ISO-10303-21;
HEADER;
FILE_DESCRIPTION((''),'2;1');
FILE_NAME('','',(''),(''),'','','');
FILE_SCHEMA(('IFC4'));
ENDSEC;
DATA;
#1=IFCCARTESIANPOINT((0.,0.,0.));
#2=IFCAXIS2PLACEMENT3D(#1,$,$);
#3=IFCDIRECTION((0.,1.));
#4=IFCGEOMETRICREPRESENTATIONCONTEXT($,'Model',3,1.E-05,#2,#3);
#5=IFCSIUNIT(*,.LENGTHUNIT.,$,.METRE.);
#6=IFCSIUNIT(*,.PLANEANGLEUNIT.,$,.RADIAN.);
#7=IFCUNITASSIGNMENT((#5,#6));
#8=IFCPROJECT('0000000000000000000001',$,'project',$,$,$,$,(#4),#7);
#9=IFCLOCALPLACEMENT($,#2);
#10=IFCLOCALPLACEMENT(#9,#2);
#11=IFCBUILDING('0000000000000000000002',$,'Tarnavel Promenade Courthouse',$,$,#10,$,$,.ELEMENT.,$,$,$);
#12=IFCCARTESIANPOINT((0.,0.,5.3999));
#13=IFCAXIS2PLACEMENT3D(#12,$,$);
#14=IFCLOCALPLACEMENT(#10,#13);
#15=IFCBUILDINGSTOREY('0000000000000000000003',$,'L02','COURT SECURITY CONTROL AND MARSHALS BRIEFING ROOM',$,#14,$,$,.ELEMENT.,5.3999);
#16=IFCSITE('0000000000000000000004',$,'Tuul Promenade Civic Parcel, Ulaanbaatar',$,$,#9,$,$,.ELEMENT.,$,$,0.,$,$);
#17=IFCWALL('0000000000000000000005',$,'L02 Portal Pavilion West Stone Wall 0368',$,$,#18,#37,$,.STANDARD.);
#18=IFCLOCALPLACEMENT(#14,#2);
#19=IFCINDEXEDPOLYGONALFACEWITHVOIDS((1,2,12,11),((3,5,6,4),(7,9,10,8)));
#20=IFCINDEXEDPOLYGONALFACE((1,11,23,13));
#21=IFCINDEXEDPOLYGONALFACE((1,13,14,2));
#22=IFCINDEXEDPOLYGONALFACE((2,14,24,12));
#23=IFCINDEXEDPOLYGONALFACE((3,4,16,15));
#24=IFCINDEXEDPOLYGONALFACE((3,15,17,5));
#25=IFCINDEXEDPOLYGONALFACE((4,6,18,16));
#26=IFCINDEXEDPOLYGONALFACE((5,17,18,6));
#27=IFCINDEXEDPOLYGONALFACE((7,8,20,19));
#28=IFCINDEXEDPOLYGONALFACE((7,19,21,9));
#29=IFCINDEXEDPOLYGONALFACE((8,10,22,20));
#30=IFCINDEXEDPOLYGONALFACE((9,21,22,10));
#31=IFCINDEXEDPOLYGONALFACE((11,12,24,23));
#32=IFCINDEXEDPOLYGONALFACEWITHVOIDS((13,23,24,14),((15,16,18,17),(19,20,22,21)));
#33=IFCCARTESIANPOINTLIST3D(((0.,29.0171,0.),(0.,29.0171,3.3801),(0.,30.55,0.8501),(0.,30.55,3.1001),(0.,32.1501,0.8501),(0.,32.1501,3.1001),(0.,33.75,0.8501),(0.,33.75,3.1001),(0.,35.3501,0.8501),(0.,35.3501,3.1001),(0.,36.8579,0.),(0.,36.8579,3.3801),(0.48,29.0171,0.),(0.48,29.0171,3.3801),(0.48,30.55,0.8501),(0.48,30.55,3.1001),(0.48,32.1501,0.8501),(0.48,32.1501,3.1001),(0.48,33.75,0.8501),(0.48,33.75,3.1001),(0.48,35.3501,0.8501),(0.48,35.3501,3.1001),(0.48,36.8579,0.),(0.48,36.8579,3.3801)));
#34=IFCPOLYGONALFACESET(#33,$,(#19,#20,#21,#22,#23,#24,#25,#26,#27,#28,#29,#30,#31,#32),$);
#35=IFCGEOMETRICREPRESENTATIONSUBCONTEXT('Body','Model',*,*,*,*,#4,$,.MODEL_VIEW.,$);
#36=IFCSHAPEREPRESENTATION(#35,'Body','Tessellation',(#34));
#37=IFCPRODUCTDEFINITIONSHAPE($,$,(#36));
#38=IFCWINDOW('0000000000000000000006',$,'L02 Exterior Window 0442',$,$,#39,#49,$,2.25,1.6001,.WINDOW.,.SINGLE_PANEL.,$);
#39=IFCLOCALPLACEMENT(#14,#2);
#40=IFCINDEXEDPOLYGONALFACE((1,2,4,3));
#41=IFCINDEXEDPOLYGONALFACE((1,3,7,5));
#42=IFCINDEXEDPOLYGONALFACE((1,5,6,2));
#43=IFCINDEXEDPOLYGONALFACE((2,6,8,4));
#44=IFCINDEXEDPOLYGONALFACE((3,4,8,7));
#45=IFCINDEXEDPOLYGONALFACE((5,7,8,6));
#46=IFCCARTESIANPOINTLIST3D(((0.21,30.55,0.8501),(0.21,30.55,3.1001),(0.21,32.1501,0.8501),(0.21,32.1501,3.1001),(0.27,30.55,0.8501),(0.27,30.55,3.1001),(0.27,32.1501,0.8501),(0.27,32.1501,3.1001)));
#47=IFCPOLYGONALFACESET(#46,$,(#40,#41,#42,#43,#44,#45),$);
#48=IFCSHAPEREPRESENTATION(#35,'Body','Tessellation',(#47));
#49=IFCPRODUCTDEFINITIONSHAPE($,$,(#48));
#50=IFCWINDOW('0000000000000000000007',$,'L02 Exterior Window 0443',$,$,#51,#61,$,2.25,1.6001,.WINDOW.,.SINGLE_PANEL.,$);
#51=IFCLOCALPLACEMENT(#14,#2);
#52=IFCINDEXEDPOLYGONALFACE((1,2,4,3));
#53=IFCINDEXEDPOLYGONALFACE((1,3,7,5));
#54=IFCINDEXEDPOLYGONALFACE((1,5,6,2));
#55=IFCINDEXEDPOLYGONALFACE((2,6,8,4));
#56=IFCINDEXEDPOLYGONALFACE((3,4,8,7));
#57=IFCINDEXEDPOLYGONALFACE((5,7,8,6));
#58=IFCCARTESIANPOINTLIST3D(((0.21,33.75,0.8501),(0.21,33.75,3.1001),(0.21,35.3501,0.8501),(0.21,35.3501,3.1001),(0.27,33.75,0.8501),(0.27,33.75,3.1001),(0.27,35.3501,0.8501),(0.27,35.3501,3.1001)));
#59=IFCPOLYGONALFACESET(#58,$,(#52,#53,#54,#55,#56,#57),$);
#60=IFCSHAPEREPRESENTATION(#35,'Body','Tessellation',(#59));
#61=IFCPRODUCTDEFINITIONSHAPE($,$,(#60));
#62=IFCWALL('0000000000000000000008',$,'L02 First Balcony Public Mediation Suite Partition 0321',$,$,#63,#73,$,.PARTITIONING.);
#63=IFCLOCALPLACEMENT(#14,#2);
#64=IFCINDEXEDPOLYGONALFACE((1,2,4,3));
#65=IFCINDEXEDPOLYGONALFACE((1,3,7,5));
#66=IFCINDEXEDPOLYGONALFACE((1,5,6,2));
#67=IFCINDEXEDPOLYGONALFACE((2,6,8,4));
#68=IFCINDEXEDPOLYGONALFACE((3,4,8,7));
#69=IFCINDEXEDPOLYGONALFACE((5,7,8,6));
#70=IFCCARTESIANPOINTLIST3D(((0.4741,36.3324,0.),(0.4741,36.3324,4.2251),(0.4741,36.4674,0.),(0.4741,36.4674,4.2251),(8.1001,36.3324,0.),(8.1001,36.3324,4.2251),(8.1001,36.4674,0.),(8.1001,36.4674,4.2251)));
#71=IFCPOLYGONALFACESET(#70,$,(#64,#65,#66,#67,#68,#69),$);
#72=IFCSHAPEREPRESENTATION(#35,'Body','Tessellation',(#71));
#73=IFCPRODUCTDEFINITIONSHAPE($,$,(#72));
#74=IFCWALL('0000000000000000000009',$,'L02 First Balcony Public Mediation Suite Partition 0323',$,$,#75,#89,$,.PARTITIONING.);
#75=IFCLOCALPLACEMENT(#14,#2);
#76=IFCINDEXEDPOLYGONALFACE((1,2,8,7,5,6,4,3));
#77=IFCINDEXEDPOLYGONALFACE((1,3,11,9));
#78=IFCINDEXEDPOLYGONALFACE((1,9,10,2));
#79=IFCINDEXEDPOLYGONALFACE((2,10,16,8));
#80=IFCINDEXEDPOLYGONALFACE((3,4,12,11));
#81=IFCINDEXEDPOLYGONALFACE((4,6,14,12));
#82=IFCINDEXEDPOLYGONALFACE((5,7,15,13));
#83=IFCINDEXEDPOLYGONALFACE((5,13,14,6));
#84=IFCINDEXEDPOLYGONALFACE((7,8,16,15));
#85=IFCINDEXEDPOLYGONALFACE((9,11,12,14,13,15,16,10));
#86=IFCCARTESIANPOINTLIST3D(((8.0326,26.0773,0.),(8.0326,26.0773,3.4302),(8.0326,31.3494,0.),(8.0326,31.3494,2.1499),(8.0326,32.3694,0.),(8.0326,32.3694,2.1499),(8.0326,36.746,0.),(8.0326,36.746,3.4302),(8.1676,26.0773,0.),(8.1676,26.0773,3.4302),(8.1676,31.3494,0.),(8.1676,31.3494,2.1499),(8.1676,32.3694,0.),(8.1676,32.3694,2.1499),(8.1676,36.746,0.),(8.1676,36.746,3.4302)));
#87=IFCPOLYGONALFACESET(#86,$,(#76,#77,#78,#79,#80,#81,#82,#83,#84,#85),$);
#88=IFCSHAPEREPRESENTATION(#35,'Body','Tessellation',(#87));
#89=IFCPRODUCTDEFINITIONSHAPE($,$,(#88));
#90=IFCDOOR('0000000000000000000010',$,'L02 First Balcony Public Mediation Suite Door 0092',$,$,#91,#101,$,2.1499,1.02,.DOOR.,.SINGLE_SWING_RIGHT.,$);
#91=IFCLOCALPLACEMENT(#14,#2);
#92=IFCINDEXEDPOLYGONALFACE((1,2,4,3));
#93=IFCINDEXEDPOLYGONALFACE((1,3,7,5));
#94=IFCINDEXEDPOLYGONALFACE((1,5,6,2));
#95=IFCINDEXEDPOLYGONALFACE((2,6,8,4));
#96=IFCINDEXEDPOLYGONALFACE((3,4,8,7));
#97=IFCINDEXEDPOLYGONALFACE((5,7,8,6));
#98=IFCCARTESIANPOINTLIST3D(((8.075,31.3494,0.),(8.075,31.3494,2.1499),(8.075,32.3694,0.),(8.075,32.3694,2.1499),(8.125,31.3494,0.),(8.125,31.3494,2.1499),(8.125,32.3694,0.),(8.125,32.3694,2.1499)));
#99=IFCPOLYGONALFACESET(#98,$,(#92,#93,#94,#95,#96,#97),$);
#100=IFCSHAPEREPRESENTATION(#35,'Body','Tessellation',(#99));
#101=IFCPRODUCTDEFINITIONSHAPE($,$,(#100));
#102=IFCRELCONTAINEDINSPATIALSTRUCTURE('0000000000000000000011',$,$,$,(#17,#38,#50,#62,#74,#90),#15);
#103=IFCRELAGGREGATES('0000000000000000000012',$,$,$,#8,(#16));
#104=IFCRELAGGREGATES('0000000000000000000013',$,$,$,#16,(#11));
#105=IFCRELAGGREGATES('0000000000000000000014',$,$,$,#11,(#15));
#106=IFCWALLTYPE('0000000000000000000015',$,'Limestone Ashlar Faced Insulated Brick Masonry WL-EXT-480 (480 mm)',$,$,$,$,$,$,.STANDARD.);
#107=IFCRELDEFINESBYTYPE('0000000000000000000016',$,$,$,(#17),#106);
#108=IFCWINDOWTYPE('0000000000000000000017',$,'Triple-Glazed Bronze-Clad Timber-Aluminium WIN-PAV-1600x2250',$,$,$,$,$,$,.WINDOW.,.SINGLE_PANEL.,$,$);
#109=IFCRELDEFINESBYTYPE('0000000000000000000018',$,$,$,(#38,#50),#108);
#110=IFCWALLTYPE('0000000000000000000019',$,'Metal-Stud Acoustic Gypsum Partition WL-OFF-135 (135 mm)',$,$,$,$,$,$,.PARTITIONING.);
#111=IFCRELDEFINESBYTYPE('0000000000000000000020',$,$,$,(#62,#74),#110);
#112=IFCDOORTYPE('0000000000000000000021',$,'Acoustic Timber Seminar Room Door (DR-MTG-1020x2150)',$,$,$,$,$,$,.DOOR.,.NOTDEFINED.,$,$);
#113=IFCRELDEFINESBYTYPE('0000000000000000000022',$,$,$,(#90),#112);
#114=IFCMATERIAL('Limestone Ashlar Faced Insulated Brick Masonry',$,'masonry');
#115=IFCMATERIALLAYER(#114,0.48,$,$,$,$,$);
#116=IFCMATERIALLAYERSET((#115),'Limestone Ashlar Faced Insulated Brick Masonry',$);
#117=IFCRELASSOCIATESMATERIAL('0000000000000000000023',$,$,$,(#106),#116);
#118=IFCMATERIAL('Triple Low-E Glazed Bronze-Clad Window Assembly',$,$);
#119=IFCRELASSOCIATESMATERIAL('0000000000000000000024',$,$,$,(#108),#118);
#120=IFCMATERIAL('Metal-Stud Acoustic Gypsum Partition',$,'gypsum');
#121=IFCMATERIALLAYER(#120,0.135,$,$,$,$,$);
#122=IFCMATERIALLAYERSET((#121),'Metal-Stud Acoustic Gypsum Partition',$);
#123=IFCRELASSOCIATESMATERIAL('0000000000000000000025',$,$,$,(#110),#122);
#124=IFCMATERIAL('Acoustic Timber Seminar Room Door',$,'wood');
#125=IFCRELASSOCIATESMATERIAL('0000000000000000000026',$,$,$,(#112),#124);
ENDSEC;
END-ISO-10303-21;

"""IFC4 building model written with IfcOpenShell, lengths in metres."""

from ifc_helpers import new_model, si_unit, direction, frame, frame_2d, origin, place, context, subcontext, project, spatial, rectangle, extrude, material, layer, layer_set, type_object, element, fill, save


model = new_model("IFC4")

# Units and contexts
model_context = context("Model", 3, precision=1e-05, world=origin(), true_north=direction((0.0, 1.0)))
body_context = subcontext(model_context, "Body", "Model", "MODEL_VIEW")
ifc_project = project(units=[si_unit("LENGTHUNIT", "METRE"), si_unit("PLANEANGLEUNIT", "RADIAN")], contexts=[model_context])

# Site, building, storey
site_placement = place(None, origin())
site = spatial("IfcSite", under=ifc_project, at=site_placement, Name="Tuul Promenade Civic Parcel, Ulaanbaatar", CompositionType="ELEMENT", RefElevation=0.0)
building_placement = place(site_placement, origin())
building = spatial("IfcBuilding", under=site, at=building_placement, Name="Tarnavel Promenade Courthouse", CompositionType="ELEMENT")
storey_placement = place(building_placement, frame((0.0, 0.0, 5.3999)))
storey = spatial("IfcBuildingStorey", under=building, at=storey_placement, Name="L02", Description="COURT SECURITY CONTROL AND MARSHALS BRIEFING ROOM", CompositionType="ELEMENT", Elevation=5.3999)

# Shared definitions
ifc_material_1 = material(Name="Limestone Ashlar Faced Insulated Brick Masonry", Category="masonry")

# Wall, openings, windows
ifc_layer_1 = layer(ifc_material_1, 0.48)
ifc_layer_set_1 = layer_set([ifc_layer_1], Name="Limestone Ashlar Faced Insulated Brick Masonry")
wall_type_1 = type_object("IfcWallType", Name="Limestone Ashlar Faced Insulated Brick Masonry WL-EXT-480 (480 mm)", PredefinedType="STANDARD", material=ifc_layer_set_1)
wall_1_placement = place(storey_placement, frame((0.24, 29.0171, 0.0), z_axis=(0.0, 0.0, 1.0), x_axis=(0.0, 1.0, 0.0)))
wall_1 = element("IfcWall", 1, at=wall_1_placement, inside=storey, type_object=wall_type_1, Name="L02 Portal Pavilion West Stone Wall 0368", PredefinedType="STANDARD", context=body_context, shape_type="SweptSolid", body=[
    extrude(rectangle(XDim=7.8408, YDim=0.48, at=frame_2d((3.9204, 0.0))), origin(), (0.0, 0.0, 1.0), 3.3801),
])
opening_1_placement = place(wall_1_placement, frame((1.533, 0.0, 0.8501)))
opening_1 = element("IfcOpeningElement", 2, at=opening_1_placement, cuts=wall_1, PredefinedType="OPENING", context=body_context, shape_type="SweptSolid", body=[
    extrude(rectangle(XDim=1.6001, YDim=2.25, at=frame_2d((0.8, 1.125))), frame((0.0, 0.25, 0.0), z_axis=(0.0, -1.0, 0.0), x_axis=(1.0, 0.0, 0.0)), (0.0, 0.0, 1.0), 0.5),
])
opening_2_placement = place(wall_1_placement, frame((4.7329, 0.0, 0.8501)))
opening_2 = element("IfcOpeningElement", 3, at=opening_2_placement, cuts=wall_1, PredefinedType="OPENING", context=body_context, shape_type="SweptSolid", body=[
    extrude(rectangle(XDim=1.6001, YDim=2.25, at=frame_2d((0.8, 1.125))), frame((0.0, 0.25, 0.0), z_axis=(0.0, -1.0, 0.0), x_axis=(1.0, 0.0, 0.0)), (0.0, 0.0, 1.0), 0.5),
])
ifc_material_2 = material(Name="Triple Low-E Glazed Bronze-Clad Window Assembly")
window_type = type_object("IfcWindowType", Name="Triple-Glazed Bronze-Clad Timber-Aluminium WIN-PAV-1600x2250", PartitioningType="SINGLE_PANEL", PredefinedType="WINDOW", material=ifc_material_2)
window_1_placement = place(opening_1_placement, origin())
window_1 = element("IfcWindow", 4, at=window_1_placement, inside=storey, type_object=window_type, Name="L02 Exterior Window 0442", OverallHeight=2.25, OverallWidth=1.6001, PartitioningType="SINGLE_PANEL", PredefinedType="WINDOW", context=body_context, shape_type="SweptSolid", body=[
    extrude(rectangle(XDim=1.6001, YDim=2.25, at=frame_2d((0.8, 1.125))), frame((0.0, 0.03, 0.0), z_axis=(0.0, -1.0, 0.0), x_axis=(1.0, 0.0, 0.0)), (0.0, 0.0, 1.0), 0.0601),
])
fill(opening_1, window_1)
window_2_placement = place(opening_2_placement, origin())
window_2 = element("IfcWindow", 5, at=window_2_placement, inside=storey, type_object=window_type, Name="L02 Exterior Window 0443", OverallHeight=2.25, OverallWidth=1.6001, PartitioningType="SINGLE_PANEL", PredefinedType="WINDOW", context=body_context, shape_type="SweptSolid", body=[
    extrude(rectangle(XDim=1.6001, YDim=2.25, at=frame_2d((0.8, 1.125))), frame((0.0, 0.03, 0.0), z_axis=(0.0, -1.0, 0.0), x_axis=(1.0, 0.0, 0.0)), (0.0, 0.0, 1.0), 0.0601),
])
fill(opening_2, window_2)

# Wall
ifc_material_3 = material(Name="Metal-Stud Acoustic Gypsum Partition", Category="gypsum")
ifc_layer_2 = layer(ifc_material_3, 0.135)
ifc_layer_set_2 = layer_set([ifc_layer_2], Name="Metal-Stud Acoustic Gypsum Partition")
wall_type_2 = type_object("IfcWallType", Name="Metal-Stud Acoustic Gypsum Partition WL-OFF-135 (135 mm)", PredefinedType="PARTITIONING", material=ifc_layer_set_2)
wall_2_placement = place(storey_placement, frame((0.4741, 36.3999, 0.0), z_axis=(0.0, 0.0, 1.0), x_axis=(1.0, 0.0, 0.0)))
element("IfcWall", 6, at=wall_2_placement, inside=storey, type_object=wall_type_2, Name="L02 First Balcony Public Mediation Suite Partition 0321", PredefinedType="PARTITIONING", context=body_context, shape_type="SweptSolid", body=[
    extrude(rectangle(XDim=7.626, YDim=0.135, at=frame_2d((3.813, 0.0))), origin(), (0.0, 0.0, 1.0), 4.2251),
])

# Wall, opening, door
wall_3_placement = place(storey_placement, frame((8.1001, 36.7461, 0.0), z_axis=(0.0, 0.0, 1.0), x_axis=(0.0, -1.0, 0.0)))
wall_3 = element("IfcWall", 7, at=wall_3_placement, inside=storey, type_object=wall_type_2, Name="L02 First Balcony Public Mediation Suite Partition 0323", PredefinedType="PARTITIONING", context=body_context, shape_type="SweptSolid", body=[
    extrude(rectangle(XDim=10.6687, YDim=0.135, at=frame_2d((5.3345, 0.0))), origin(), (0.0, 0.0, 1.0), 3.4302),
])
opening_3_placement = place(wall_3_placement, frame((4.3767, 0.0, 0.0)))
opening_3 = element("IfcOpeningElement", 8, at=opening_3_placement, cuts=wall_3, PredefinedType="OPENING", context=body_context, shape_type="SweptSolid", body=[
    extrude(rectangle(XDim=1.02, YDim=2.1499, at=frame_2d((0.51, 1.075))), frame((0.0, 0.0774, 0.0), z_axis=(0.0, -1.0, 0.0), x_axis=(1.0, 0.0, 0.0)), (0.0, 0.0, 1.0), 0.155),
])
ifc_material_4 = material(Name="Acoustic Timber Seminar Room Door", Category="wood")
door_type = type_object("IfcDoorType", Name="Acoustic Timber Seminar Room Door (DR-MTG-1020x2150)", OperationType="NOTDEFINED", PredefinedType="DOOR", material=ifc_material_4)
door_placement = place(opening_3_placement, origin())
door = element("IfcDoor", 9, at=door_placement, inside=storey, type_object=door_type, Name="L02 First Balcony Public Mediation Suite Door 0092", OperationType="SINGLE_SWING_RIGHT", OverallHeight=2.1499, OverallWidth=1.02, PredefinedType="DOOR", context=body_context, shape_type="SweptSolid", body=[
    extrude(rectangle(XDim=1.02, YDim=2.1499, at=frame_2d((0.51, 1.075))), frame((0.0, 0.0249, 0.0), z_axis=(0.0, -1.0, 0.0), x_axis=(1.0, 0.0, 0.0)), (0.0, 0.0, 1.0), 0.05),
])
fill(opening_3, door)

save(model, "model.ifc")
